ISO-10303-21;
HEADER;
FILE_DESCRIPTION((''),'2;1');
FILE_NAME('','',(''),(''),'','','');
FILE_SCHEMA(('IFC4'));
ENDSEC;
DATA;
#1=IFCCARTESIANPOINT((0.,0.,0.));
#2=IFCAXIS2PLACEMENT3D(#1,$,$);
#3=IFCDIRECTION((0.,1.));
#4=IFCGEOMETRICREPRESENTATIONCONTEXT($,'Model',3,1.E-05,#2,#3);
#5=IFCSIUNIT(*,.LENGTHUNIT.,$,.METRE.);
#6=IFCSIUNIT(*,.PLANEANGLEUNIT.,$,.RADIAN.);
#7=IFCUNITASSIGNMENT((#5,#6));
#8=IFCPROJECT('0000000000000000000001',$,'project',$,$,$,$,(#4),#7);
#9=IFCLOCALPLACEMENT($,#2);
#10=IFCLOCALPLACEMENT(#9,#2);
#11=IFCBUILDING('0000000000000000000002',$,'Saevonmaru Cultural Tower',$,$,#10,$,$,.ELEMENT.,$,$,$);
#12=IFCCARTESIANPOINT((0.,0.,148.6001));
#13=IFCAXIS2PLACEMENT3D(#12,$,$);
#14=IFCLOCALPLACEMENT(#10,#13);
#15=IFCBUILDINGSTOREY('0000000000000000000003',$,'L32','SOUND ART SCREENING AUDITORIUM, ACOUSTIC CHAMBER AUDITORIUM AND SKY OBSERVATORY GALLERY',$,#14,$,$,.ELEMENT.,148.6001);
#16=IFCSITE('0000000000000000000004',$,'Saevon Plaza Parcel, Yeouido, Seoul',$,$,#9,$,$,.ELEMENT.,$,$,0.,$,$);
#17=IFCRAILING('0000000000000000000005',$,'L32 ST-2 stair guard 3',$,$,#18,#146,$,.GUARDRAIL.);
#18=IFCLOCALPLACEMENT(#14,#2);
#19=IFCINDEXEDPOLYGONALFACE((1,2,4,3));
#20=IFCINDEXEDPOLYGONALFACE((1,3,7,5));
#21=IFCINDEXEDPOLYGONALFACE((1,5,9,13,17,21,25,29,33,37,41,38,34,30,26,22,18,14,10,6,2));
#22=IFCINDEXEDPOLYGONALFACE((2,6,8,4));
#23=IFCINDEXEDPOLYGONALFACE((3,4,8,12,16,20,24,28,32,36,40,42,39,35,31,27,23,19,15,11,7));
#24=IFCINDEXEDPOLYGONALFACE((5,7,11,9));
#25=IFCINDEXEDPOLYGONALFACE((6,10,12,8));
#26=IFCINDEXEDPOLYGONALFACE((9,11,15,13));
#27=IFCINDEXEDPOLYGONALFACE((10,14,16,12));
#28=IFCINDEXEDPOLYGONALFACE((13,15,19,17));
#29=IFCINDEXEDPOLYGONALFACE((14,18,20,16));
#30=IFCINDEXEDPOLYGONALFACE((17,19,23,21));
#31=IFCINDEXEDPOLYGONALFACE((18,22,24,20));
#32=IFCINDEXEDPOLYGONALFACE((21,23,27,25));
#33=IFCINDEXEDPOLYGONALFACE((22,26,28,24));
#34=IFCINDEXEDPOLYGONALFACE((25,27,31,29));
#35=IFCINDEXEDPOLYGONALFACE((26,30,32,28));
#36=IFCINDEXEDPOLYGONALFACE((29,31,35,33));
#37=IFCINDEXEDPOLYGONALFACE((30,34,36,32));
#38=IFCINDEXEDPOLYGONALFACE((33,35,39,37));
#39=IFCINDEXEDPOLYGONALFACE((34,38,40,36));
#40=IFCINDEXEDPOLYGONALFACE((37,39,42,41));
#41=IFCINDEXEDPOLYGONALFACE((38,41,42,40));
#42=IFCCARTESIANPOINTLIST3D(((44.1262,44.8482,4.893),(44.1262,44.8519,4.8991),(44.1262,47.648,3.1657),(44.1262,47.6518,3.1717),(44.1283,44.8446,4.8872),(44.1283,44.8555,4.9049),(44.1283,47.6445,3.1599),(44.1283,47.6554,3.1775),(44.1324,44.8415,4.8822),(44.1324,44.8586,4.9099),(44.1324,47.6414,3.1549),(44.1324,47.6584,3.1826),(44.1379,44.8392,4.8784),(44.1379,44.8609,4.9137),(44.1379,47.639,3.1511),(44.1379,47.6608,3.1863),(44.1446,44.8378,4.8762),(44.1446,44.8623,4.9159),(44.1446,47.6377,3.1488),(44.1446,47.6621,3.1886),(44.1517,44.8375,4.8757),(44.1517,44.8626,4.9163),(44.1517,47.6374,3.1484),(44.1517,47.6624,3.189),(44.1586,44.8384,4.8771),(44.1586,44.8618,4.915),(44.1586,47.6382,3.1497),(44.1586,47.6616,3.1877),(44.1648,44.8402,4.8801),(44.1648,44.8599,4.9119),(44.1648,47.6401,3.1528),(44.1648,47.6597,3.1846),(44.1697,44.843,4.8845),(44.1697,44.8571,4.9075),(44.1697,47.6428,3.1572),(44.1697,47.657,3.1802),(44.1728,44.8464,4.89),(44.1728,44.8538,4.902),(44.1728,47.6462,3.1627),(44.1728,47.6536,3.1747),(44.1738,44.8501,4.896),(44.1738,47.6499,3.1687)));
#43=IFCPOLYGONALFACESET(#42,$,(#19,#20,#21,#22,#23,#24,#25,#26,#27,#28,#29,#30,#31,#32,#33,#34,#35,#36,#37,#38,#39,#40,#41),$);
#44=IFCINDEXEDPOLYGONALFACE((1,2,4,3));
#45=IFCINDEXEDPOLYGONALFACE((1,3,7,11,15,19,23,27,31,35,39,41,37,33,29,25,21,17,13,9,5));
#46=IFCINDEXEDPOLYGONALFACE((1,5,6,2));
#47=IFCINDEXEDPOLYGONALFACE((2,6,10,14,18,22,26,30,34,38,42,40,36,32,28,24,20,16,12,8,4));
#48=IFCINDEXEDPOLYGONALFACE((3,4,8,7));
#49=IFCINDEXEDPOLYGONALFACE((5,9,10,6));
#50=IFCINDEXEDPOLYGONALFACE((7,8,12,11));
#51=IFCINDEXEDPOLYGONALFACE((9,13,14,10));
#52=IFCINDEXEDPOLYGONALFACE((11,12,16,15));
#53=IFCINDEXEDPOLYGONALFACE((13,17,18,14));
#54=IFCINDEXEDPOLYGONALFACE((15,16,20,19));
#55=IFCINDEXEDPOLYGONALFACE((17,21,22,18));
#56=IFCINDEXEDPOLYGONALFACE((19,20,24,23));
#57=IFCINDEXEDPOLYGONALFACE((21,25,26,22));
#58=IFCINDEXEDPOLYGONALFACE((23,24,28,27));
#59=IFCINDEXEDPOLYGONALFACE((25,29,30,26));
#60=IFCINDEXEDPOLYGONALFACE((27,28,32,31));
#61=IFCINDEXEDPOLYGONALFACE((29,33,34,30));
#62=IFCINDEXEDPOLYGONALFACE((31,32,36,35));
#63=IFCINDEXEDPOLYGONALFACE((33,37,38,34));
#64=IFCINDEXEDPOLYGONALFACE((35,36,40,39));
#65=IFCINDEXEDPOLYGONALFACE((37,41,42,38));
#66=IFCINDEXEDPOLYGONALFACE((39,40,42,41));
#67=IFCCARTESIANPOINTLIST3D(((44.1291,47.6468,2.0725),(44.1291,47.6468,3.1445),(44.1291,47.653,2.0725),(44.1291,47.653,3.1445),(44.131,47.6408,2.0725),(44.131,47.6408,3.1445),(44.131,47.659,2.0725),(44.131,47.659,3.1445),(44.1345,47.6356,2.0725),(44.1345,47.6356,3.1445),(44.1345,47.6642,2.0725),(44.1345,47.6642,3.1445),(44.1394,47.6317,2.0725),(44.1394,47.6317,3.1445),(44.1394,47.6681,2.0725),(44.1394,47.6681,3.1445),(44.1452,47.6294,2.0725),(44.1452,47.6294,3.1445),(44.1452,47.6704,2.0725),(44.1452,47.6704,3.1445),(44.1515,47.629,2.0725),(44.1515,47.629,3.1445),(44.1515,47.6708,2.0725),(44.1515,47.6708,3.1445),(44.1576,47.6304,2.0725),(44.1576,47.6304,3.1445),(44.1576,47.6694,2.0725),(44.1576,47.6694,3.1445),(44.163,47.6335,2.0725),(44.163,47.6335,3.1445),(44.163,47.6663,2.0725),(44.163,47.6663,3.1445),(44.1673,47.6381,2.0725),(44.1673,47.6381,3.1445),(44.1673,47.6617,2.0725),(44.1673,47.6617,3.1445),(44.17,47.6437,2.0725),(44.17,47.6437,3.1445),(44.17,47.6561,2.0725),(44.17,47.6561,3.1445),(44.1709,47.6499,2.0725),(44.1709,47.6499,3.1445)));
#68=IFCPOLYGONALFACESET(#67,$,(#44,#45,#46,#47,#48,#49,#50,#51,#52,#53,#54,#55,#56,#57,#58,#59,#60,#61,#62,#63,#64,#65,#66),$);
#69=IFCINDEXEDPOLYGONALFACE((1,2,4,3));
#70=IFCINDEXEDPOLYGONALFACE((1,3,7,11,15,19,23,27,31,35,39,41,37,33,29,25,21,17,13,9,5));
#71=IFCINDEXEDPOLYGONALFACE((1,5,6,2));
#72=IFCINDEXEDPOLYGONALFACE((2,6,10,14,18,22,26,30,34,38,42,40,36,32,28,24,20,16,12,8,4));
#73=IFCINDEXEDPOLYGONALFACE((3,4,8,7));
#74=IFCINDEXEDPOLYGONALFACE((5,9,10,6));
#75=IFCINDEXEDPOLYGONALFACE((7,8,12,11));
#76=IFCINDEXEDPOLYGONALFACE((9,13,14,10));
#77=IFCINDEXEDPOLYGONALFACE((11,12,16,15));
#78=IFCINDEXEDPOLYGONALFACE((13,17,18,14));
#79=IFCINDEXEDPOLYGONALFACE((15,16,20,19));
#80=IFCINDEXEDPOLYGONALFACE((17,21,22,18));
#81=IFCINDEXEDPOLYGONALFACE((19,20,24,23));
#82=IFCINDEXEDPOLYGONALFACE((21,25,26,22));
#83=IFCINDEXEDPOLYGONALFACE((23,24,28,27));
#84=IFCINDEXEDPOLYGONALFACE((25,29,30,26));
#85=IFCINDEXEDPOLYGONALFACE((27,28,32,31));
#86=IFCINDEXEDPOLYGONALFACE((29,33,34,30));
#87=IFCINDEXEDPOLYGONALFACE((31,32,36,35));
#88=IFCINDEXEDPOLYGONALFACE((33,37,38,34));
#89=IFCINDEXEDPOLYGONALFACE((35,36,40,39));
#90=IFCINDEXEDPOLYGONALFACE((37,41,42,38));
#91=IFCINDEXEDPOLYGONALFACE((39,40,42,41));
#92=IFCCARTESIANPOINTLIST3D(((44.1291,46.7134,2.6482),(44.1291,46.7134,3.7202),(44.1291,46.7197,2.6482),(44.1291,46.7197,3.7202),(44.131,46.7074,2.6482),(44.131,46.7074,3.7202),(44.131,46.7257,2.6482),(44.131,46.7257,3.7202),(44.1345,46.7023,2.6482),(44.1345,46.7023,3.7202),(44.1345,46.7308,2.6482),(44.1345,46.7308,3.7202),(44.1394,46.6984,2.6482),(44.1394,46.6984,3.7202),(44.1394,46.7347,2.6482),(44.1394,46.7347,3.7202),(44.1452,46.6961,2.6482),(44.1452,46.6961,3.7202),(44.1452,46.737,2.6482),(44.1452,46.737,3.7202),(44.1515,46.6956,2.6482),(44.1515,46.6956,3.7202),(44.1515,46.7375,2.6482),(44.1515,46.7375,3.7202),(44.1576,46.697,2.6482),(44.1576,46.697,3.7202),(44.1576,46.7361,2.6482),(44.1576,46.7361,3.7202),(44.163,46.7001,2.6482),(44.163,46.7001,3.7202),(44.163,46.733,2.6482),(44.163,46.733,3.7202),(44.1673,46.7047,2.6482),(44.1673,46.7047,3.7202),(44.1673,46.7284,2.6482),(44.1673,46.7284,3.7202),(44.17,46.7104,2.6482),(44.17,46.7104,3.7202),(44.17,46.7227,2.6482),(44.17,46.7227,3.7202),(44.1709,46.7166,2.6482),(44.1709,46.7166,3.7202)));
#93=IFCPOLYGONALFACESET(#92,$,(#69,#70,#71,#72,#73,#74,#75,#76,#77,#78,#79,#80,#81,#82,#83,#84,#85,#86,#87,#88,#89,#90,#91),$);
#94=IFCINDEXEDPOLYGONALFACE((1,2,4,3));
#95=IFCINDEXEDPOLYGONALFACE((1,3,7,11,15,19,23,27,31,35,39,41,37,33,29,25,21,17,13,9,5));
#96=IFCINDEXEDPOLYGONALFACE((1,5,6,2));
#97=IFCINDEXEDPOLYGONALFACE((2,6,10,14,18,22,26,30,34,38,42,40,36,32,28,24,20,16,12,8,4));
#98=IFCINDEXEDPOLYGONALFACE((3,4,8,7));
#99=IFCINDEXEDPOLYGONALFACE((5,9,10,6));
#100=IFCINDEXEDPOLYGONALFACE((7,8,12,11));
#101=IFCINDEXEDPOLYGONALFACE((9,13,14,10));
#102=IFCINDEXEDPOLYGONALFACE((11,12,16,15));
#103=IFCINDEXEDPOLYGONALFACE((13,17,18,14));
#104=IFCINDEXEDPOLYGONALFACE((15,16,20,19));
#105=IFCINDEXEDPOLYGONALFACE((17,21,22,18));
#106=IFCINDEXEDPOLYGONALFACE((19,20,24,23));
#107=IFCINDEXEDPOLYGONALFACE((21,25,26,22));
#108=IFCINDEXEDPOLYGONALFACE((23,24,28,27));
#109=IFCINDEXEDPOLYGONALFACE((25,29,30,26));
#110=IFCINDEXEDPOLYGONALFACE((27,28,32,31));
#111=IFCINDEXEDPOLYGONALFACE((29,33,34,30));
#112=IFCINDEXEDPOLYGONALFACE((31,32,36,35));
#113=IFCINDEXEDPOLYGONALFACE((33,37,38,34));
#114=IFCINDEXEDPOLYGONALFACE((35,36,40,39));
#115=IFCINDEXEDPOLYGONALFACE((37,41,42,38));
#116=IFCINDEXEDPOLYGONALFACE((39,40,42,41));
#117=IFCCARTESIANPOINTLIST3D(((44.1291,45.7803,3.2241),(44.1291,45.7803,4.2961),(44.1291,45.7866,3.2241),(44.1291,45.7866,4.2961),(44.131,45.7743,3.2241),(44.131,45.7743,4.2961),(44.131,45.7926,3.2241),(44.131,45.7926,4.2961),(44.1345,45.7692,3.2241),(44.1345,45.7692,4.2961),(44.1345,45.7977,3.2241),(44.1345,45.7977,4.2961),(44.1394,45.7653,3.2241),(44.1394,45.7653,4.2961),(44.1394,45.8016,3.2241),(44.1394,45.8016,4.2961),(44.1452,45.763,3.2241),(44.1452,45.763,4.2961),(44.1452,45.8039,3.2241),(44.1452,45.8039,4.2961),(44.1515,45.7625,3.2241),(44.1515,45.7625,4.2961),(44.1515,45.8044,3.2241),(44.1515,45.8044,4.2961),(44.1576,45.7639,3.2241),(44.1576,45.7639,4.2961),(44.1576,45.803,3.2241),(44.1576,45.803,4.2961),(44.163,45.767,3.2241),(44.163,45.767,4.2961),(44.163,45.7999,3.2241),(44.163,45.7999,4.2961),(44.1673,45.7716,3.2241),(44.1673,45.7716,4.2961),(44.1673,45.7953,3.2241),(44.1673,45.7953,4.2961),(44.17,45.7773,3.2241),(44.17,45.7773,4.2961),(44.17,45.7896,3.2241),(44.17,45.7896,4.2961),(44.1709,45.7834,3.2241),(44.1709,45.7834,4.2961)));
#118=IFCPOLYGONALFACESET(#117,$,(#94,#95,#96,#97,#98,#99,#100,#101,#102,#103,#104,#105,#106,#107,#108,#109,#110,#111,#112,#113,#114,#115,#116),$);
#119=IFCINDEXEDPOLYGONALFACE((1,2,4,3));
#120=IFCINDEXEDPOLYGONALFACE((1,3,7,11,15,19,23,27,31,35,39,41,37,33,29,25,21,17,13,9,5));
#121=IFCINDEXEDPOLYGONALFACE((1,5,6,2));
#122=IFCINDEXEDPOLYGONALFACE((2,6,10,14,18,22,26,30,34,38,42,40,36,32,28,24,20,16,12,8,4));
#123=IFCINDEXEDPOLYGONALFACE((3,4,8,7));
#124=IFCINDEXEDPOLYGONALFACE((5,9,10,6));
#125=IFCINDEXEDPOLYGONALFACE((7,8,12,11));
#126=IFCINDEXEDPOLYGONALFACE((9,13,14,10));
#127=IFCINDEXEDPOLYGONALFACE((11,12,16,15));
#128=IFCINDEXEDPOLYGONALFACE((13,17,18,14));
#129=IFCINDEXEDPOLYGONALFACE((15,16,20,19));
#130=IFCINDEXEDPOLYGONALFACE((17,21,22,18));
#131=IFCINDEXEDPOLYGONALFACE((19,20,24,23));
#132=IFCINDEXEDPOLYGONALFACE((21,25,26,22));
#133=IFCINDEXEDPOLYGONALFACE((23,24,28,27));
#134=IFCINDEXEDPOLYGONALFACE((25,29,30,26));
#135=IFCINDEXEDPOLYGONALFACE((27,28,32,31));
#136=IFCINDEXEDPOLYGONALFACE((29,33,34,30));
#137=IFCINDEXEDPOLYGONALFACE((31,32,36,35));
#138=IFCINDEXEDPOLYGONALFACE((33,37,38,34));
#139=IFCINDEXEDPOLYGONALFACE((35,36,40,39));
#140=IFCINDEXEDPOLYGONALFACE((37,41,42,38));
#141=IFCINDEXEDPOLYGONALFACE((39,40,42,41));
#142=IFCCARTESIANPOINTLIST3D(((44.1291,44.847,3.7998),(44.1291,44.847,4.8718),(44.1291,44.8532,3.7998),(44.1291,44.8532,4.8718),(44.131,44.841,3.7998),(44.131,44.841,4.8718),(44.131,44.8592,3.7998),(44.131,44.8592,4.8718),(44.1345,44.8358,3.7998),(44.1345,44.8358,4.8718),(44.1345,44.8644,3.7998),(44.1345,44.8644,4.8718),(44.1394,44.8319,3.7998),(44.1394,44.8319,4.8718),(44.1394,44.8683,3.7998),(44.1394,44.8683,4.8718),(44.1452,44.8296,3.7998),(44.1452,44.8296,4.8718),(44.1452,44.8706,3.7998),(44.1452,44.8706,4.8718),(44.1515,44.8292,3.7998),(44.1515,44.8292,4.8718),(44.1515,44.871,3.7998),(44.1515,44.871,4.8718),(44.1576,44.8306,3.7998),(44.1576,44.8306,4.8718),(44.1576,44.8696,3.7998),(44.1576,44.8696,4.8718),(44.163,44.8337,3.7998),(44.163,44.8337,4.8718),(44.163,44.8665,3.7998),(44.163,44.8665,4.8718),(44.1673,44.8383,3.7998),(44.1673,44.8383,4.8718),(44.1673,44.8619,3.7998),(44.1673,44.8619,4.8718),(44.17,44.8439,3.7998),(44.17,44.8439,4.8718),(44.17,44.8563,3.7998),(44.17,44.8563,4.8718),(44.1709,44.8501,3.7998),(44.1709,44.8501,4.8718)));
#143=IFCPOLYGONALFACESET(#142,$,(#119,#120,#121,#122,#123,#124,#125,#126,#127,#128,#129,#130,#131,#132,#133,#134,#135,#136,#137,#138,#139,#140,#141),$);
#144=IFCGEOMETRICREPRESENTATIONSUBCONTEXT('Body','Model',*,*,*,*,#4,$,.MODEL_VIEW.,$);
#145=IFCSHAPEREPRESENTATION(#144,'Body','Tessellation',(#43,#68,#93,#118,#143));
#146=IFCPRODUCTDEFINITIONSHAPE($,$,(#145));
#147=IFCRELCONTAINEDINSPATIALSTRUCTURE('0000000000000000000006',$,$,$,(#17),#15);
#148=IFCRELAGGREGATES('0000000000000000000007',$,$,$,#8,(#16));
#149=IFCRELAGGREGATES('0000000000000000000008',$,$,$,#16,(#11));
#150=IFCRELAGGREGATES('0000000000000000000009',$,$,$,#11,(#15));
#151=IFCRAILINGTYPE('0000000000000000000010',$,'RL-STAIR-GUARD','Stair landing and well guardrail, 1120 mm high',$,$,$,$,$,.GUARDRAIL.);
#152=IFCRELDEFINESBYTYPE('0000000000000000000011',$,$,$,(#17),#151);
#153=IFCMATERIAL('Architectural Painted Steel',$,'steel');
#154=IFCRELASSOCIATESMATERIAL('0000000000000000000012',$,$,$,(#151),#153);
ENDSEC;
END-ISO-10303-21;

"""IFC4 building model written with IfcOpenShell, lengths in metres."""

from ifc_helpers import new_model, si_unit, direction, frame, origin, origin_2d, place, context, subcontext, project, spatial, circle, extrude, material, type_object, element, save


model = new_model("IFC4")

# Units and contexts
model_context = context("Model", 3, precision=1e-05, world=origin(), true_north=direction((0.0, 1.0)))
body_context = subcontext(model_context, "Body", "Model", "MODEL_VIEW")
ifc_project = project(units=[si_unit("LENGTHUNIT", "METRE"), si_unit("PLANEANGLEUNIT", "RADIAN")], contexts=[model_context])

# Site, building, storey
site_placement = place(None, origin())
site = spatial("IfcSite", under=ifc_project, at=site_placement, Name="Saevon Plaza Parcel, Yeouido, Seoul", CompositionType="ELEMENT", RefElevation=0.0)
building_placement = place(site_placement, origin())
building = spatial("IfcBuilding", under=site, at=building_placement, Name="Saevonmaru Cultural Tower", CompositionType="ELEMENT")
storey_placement = place(building_placement, frame((0.0, 0.0, 148.6001)))
storey = spatial("IfcBuildingStorey", under=building, at=storey_placement, Name="L32", Description="SOUND ART SCREENING AUDITORIUM, ACOUSTIC CHAMBER AUDITORIUM AND SKY OBSERVATORY GALLERY", CompositionType="ELEMENT", Elevation=148.6001)

# Railing
ifc_material_1 = material(Name="Architectural Painted Steel", Category="steel")
railing_type_1 = type_object("IfcRailingType", Name="RL-STAIR-GUARD", Description="Stair landing and well guardrail, 1120 mm high", PredefinedType="GUARDRAIL", material=ifc_material_1)
railing_1_placement = place(storey_placement, frame((44.1499, 47.6499, 2.0725)))
element("IfcRailing", 1, at=railing_1_placement, inside=storey, type_object=railing_type_1, Name="L32 ST-2 stair guard 3", PredefinedType="GUARDRAIL", context=body_context, shape_type="SweptSolid", body=[
    extrude(circle(Radius=0.0239, at=origin_2d()), frame((0.0, 0.0, 1.0962), z_axis=(0.0, -0.851069, 0.525054), x_axis=(1.0, 0.0, 0.0)), (0.0, 0.0, 1.0), 3.2898),
    extrude(circle(Radius=0.021, at=origin_2d()), origin(), (0.0, 0.0, 1.0), 1.072),
    extrude(circle(Radius=0.021, at=origin_2d()), frame((0.0, -0.9333, 0.5757)), (0.0, 0.0, 1.0), 1.072),
    extrude(circle(Radius=0.021, at=origin_2d()), frame((0.0, -1.8665, 1.1516)), (0.0, 0.0, 1.0), 1.072),
    extrude(circle(Radius=0.021, at=origin_2d()), frame((0.0, -2.7998, 1.7273)), (0.0, 0.0, 1.0), 1.072),
])

save(model, "model.ifc")
